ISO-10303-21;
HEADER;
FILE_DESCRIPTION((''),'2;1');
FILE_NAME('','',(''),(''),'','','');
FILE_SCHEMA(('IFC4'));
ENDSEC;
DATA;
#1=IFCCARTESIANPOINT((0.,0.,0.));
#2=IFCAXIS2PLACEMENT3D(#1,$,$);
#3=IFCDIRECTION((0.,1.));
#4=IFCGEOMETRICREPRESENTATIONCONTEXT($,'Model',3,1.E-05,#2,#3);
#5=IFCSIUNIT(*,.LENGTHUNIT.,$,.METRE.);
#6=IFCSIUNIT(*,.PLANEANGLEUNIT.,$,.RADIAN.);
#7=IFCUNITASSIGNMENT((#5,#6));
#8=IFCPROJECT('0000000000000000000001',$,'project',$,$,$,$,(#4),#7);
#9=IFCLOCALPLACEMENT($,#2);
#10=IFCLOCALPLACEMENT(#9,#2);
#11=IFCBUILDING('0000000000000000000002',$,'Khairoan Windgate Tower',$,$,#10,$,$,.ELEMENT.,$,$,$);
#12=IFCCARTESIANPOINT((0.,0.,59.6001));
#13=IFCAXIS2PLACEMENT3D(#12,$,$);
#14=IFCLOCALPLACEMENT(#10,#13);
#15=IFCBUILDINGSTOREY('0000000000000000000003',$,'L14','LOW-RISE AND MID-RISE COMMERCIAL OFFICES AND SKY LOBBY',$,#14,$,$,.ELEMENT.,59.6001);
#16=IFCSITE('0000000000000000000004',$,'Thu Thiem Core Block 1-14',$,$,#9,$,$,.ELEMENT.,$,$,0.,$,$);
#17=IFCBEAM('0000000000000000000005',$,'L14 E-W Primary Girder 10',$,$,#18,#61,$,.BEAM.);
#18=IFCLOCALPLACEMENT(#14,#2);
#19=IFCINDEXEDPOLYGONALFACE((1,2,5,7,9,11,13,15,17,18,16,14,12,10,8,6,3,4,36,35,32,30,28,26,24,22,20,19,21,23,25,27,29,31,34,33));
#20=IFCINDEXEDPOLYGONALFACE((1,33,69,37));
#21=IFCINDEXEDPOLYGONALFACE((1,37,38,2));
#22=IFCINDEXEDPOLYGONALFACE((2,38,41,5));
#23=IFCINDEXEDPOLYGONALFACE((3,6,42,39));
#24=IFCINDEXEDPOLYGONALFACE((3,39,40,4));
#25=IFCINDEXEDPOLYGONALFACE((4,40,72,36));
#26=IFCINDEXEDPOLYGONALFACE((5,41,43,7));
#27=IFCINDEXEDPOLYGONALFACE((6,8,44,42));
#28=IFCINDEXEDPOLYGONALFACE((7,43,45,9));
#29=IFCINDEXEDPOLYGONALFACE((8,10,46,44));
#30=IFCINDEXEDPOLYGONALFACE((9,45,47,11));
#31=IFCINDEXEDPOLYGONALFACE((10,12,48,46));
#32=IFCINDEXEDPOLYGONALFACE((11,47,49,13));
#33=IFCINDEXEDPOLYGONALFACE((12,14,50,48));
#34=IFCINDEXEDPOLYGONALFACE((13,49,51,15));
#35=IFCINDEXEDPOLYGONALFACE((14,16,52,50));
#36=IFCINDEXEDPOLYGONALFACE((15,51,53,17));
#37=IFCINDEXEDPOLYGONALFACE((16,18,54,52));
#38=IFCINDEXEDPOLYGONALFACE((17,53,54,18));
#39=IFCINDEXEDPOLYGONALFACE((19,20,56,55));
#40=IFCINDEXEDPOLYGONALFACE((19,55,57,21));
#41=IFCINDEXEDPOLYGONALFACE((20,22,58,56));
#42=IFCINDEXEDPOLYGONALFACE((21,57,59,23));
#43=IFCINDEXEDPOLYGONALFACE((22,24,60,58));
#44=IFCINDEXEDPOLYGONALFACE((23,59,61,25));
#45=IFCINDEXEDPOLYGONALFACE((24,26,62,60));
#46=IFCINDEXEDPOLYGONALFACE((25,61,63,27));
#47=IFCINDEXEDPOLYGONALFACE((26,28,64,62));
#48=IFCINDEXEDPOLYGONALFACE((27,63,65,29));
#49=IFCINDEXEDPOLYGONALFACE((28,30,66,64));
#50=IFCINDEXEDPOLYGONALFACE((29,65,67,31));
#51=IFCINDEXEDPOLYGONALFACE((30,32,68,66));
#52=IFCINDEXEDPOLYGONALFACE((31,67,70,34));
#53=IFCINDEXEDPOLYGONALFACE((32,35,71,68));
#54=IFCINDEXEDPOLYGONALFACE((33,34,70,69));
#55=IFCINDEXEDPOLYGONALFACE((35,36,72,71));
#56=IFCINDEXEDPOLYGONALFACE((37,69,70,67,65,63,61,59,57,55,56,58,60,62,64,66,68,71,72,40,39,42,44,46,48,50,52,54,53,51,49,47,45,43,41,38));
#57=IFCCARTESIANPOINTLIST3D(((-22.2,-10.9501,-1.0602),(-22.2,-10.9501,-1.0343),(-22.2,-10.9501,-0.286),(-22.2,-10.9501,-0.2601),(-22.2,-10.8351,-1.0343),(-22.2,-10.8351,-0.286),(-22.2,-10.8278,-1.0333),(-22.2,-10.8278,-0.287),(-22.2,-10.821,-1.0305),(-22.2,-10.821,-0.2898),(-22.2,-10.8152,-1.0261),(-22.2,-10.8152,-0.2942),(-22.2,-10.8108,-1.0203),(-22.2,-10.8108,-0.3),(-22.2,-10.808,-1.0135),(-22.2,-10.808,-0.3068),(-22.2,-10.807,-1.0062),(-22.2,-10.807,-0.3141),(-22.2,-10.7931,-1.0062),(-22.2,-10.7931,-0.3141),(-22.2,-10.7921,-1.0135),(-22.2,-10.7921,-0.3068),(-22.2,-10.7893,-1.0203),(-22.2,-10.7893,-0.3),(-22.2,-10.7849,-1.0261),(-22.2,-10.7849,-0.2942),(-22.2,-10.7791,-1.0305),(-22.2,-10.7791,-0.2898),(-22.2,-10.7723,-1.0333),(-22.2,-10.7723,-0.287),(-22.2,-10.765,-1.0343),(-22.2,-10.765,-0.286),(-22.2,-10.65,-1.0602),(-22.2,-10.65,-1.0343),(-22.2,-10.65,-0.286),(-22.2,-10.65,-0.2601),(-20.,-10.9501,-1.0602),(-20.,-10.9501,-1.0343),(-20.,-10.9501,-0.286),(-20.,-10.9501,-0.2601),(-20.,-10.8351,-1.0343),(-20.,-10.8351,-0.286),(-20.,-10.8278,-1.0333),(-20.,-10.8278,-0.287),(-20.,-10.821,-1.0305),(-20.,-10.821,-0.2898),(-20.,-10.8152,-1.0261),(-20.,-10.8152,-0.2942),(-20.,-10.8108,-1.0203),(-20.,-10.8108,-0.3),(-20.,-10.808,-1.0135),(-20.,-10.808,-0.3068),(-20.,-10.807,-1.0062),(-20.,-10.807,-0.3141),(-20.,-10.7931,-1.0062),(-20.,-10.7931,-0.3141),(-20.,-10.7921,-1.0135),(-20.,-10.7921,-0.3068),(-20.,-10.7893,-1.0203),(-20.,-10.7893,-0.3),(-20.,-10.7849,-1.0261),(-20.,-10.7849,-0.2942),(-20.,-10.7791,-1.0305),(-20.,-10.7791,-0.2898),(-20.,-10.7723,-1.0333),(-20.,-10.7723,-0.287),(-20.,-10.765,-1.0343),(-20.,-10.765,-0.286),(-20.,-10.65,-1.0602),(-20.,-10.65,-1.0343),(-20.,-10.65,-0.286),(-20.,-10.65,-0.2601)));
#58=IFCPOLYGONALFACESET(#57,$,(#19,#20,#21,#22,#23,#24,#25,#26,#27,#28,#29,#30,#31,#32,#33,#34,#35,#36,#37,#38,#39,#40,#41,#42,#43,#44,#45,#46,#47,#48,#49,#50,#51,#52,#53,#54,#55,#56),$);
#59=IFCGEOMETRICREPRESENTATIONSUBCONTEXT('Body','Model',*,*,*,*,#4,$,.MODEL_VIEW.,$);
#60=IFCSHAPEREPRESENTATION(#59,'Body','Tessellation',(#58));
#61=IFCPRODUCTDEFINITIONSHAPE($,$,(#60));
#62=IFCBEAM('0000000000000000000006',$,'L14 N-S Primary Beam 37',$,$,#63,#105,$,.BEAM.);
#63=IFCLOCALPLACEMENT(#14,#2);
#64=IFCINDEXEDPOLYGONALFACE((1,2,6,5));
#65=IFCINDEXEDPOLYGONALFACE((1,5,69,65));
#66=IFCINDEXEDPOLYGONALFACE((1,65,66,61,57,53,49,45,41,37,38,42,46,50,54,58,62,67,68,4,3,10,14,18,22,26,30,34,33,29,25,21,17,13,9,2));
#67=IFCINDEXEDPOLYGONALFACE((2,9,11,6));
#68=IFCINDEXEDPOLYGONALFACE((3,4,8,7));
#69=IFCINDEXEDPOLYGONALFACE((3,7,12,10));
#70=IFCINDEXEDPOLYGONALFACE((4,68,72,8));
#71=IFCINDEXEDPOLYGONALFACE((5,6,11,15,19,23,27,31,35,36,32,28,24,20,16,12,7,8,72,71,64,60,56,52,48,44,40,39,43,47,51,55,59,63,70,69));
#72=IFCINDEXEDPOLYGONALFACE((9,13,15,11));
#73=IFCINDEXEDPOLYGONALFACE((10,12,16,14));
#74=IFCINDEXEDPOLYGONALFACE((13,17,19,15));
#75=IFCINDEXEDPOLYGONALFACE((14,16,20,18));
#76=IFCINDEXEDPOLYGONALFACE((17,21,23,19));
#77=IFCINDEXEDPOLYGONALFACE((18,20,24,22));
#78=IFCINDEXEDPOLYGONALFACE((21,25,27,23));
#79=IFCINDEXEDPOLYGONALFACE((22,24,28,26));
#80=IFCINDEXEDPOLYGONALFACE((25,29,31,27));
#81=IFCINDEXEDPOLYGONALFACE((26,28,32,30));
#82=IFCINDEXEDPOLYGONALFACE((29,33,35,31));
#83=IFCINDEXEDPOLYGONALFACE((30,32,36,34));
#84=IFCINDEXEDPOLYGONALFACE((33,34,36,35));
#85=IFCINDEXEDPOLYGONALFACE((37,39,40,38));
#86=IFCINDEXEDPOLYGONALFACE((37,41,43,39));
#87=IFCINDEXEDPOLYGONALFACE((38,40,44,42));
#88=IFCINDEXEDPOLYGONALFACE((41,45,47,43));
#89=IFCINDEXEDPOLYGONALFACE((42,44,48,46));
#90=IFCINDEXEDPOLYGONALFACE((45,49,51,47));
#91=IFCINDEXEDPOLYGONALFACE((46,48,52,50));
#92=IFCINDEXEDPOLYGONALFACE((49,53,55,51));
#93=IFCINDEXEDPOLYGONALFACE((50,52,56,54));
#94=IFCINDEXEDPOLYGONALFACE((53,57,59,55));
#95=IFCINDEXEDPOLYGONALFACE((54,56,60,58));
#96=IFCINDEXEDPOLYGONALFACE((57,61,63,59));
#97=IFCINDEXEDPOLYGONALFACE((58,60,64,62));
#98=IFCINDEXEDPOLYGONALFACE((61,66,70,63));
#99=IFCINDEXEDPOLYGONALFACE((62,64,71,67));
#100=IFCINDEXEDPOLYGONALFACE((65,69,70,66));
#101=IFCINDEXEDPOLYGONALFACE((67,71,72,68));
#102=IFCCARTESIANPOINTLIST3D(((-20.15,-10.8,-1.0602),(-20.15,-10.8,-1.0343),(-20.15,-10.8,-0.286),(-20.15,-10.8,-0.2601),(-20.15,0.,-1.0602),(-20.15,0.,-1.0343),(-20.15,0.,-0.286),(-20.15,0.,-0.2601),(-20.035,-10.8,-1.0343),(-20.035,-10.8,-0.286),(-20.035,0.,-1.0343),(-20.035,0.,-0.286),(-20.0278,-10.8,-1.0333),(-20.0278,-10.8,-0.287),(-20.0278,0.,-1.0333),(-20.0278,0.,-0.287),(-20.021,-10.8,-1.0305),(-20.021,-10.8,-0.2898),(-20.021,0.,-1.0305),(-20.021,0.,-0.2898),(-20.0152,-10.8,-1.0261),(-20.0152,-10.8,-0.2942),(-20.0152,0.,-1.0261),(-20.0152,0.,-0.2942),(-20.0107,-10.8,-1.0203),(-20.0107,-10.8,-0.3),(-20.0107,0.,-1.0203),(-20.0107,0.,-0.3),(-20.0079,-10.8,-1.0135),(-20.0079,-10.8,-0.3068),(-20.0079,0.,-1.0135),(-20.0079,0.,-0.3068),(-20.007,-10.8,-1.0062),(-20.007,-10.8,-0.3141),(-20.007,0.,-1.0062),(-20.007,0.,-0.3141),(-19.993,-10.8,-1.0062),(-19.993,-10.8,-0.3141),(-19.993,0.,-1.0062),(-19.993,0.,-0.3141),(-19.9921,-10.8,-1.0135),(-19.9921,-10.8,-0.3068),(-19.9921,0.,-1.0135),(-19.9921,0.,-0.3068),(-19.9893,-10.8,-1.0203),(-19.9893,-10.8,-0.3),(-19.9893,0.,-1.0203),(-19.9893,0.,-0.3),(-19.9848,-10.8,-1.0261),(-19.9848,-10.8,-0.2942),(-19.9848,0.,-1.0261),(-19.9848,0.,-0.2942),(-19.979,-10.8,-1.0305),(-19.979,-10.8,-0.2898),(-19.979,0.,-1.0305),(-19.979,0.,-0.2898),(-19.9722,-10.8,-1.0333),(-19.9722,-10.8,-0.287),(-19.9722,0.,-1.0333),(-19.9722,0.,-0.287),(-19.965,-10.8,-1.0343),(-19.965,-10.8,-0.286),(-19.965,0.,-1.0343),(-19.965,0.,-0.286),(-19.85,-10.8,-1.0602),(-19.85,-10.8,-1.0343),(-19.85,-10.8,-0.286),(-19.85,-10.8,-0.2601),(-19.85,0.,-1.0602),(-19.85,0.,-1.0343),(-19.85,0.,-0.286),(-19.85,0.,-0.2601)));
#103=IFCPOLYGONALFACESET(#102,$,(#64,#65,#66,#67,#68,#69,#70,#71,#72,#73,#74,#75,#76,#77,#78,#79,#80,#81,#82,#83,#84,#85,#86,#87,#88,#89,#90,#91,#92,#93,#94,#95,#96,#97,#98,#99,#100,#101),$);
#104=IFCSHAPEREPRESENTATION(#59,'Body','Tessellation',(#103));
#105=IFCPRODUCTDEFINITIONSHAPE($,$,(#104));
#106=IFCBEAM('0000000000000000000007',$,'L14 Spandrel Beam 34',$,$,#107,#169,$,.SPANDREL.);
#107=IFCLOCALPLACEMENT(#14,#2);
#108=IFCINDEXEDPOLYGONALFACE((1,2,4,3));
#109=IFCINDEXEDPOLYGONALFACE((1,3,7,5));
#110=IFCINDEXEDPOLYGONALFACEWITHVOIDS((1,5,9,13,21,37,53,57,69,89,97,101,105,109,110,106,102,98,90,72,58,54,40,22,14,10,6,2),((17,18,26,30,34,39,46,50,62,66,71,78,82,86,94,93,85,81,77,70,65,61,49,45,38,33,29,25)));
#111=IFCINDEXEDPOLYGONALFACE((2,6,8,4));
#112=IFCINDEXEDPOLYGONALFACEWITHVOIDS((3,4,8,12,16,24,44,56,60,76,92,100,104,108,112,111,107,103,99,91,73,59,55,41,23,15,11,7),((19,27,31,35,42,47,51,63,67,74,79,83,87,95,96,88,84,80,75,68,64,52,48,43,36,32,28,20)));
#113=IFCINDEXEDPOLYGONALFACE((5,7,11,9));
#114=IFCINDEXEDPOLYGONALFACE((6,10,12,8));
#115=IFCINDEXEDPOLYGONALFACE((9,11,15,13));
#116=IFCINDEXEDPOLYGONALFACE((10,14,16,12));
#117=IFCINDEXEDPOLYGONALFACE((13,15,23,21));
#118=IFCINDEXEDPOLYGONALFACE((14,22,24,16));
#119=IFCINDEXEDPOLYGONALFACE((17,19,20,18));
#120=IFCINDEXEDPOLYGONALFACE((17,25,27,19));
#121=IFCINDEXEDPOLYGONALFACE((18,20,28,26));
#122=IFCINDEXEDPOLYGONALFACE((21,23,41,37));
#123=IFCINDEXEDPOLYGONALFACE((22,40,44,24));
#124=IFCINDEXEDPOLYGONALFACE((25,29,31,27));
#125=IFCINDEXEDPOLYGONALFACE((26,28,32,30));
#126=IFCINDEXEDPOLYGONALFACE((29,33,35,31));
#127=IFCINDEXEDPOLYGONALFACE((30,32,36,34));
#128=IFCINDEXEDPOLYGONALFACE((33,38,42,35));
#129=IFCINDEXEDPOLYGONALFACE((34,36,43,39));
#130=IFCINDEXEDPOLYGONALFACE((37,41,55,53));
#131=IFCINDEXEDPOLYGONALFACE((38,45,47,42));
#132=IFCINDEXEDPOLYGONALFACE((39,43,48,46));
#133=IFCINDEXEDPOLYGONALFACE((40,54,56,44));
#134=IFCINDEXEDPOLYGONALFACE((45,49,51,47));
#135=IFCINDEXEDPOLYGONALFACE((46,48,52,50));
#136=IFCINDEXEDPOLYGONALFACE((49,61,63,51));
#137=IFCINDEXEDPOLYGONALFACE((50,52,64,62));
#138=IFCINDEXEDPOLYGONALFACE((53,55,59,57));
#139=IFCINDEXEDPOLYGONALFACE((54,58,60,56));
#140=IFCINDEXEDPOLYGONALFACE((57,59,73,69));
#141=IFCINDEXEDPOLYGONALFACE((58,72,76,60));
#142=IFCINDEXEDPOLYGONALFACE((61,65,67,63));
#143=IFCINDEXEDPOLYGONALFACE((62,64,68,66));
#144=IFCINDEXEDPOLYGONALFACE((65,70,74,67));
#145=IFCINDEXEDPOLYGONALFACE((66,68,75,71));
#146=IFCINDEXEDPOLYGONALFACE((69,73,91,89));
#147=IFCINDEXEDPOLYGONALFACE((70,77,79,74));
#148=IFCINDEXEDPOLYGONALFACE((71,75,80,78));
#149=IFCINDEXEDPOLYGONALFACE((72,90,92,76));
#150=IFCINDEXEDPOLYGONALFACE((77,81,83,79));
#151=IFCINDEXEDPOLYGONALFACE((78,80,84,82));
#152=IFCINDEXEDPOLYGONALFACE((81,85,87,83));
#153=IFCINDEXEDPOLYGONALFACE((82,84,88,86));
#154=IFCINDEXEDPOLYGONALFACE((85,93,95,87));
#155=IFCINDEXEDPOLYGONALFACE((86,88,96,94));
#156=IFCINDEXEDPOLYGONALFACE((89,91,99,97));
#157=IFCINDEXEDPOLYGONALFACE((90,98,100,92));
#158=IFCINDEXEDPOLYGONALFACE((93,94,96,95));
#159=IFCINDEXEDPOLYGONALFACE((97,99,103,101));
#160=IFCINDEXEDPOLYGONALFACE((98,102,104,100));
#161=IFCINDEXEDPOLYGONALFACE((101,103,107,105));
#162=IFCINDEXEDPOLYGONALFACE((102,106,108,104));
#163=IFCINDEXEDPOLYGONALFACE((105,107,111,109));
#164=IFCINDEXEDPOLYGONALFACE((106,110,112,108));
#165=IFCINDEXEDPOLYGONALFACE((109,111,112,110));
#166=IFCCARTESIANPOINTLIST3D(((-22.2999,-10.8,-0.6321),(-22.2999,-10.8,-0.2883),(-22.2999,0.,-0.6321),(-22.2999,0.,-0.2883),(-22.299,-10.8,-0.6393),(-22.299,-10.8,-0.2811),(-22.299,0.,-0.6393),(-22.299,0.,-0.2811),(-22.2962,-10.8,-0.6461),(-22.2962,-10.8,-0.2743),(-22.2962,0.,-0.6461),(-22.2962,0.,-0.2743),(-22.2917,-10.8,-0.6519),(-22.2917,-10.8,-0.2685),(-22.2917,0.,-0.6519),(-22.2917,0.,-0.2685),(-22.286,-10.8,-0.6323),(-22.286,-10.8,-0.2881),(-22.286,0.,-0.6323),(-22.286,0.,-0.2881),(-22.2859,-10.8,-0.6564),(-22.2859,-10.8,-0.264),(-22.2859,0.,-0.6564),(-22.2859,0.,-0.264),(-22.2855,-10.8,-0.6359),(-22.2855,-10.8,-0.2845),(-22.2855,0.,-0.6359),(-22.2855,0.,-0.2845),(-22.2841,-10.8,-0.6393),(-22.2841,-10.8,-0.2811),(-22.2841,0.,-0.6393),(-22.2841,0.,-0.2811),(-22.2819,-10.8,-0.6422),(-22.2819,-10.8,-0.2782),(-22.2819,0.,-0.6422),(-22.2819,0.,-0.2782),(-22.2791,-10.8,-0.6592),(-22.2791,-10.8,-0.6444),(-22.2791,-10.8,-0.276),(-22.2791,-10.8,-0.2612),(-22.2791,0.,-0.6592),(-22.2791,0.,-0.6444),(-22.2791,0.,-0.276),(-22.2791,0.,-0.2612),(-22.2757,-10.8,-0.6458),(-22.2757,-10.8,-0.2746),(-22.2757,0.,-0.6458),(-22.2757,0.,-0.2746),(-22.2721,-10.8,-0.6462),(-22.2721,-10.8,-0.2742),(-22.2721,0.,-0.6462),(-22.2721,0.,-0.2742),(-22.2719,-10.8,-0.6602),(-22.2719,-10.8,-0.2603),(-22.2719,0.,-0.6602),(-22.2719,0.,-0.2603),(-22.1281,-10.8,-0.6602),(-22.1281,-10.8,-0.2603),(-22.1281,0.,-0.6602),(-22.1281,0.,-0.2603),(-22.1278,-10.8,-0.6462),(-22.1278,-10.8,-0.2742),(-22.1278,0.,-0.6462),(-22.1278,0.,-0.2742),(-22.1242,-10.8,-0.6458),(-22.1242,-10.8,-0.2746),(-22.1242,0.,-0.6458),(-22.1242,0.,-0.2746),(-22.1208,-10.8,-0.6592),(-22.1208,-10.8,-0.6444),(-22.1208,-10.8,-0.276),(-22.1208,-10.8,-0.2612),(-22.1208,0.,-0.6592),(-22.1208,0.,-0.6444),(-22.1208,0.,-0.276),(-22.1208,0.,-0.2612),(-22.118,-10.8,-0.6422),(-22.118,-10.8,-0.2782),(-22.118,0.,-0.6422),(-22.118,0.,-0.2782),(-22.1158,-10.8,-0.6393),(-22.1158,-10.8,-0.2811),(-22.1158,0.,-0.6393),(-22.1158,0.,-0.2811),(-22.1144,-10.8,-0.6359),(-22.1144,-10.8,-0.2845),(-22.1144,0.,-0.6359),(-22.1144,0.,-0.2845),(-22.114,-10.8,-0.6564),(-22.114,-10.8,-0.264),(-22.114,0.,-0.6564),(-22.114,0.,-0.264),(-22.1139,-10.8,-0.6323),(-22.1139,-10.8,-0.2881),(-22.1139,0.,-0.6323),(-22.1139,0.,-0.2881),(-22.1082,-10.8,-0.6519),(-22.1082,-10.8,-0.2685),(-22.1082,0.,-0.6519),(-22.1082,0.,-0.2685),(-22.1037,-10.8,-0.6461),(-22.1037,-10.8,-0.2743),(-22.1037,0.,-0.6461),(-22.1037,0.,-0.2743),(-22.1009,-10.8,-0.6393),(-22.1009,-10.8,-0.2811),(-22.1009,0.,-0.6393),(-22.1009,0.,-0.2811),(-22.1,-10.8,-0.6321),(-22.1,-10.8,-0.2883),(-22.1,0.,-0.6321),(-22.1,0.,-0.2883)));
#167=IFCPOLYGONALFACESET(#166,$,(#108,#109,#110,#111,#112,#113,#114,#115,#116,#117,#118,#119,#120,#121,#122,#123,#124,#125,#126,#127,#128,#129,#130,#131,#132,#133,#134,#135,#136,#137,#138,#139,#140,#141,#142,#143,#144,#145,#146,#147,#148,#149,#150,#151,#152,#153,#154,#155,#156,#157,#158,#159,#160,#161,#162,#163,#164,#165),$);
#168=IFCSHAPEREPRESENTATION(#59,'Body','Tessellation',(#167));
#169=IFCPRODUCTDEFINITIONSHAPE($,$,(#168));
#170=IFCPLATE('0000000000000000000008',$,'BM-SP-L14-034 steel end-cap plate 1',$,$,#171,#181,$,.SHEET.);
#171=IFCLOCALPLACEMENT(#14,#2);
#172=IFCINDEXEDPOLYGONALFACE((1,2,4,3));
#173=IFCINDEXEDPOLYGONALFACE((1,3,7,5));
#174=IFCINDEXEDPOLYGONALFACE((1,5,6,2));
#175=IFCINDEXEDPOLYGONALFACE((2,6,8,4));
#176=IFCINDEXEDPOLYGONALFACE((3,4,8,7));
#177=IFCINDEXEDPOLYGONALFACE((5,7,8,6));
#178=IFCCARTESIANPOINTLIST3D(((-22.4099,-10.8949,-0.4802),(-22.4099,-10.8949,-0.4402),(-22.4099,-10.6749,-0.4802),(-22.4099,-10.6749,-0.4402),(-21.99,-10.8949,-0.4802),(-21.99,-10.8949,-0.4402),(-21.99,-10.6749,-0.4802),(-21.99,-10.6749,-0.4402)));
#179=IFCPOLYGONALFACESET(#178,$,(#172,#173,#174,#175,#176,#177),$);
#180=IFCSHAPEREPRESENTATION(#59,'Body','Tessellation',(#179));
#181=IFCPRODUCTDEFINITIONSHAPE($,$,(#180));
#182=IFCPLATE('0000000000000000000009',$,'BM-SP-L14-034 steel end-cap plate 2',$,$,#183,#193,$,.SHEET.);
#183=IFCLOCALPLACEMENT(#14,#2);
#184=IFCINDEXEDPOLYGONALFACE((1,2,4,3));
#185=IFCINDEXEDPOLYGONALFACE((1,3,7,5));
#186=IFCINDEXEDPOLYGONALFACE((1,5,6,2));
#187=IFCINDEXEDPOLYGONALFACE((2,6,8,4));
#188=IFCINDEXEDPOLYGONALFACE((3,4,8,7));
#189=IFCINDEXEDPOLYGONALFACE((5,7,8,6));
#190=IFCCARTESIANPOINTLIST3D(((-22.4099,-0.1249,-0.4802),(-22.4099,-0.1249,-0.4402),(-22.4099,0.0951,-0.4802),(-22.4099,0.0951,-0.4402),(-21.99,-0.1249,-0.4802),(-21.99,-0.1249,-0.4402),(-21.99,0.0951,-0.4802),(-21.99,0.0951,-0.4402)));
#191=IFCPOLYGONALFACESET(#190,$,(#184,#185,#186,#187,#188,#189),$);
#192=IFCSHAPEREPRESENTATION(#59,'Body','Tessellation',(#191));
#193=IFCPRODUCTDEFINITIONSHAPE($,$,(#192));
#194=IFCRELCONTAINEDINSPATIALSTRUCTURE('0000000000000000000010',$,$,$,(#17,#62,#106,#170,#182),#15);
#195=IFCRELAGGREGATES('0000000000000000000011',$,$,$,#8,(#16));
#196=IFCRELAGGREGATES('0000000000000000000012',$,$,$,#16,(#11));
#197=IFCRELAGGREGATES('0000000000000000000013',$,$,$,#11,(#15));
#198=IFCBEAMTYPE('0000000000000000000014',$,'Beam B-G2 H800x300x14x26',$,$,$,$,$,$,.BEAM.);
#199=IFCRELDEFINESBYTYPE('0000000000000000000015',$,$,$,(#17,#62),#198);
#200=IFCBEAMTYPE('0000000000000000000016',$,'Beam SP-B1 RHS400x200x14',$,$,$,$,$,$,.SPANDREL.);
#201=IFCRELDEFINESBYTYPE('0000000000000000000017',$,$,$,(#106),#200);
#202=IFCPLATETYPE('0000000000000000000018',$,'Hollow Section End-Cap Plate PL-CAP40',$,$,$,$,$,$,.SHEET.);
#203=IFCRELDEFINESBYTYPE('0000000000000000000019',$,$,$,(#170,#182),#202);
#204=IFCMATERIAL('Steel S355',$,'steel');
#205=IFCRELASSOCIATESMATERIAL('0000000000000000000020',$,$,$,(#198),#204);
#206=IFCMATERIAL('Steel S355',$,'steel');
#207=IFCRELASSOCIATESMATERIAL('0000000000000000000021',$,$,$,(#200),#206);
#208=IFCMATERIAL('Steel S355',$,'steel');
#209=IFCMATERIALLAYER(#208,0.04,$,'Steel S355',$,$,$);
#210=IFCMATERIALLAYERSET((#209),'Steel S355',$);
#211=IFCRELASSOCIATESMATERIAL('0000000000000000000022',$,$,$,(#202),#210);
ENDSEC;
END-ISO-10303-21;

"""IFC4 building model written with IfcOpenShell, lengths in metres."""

from ifc_helpers import new_model, si_unit, direction, frame, origin, origin_2d, place, context, subcontext, project, spatial, rectangle, hollow_rectangle, i_section, extrude, material, layer, layer_set, material_profile, profile_set, type_object, element, save


model = new_model("IFC4")

# Units and contexts
model_context = context("Model", 3, precision=1e-05, world=origin(), true_north=direction((0.0, 1.0)))
body_context = subcontext(model_context, "Body", "Model", "MODEL_VIEW")
ifc_project = project(units=[si_unit("LENGTHUNIT", "METRE"), si_unit("PLANEANGLEUNIT", "RADIAN")], contexts=[model_context])

# Site, building, storey
site_placement = place(None, origin())
site = spatial("IfcSite", under=ifc_project, at=site_placement, Name="Thu Thiem Core Block 1-14", CompositionType="ELEMENT", RefElevation=0.0)
building_placement = place(site_placement, origin())
building = spatial("IfcBuilding", under=site, at=building_placement, Name="Khairoan Windgate Tower", CompositionType="ELEMENT")
storey_placement = place(building_placement, frame((0.0, 0.0, 59.6001)))
storey = spatial("IfcBuildingStorey", under=building, at=storey_placement, Name="L14", Description="LOW-RISE AND MID-RISE COMMERCIAL OFFICES AND SKY LOBBY", CompositionType="ELEMENT", Elevation=59.6001)

# Beams
ifc_material_1 = material(Name="Steel S355", Category="steel")
ifc_material_profile_1 = material_profile(ifc_material_1, i_section(OverallWidth=0.3, OverallDepth=0.8, WebThickness=0.0139, FlangeThickness=0.0259, FilletRadius=0.0281, at=origin_2d()))
ifc_profile_set_1 = profile_set([ifc_material_profile_1], Name="Steel S355")
beam_type_1 = type_object("IfcBeamType", Name="Beam B-G2 H800x300x14x26", PredefinedType="BEAM", material=ifc_profile_set_1)
beam_1_placement = place(storey_placement, frame((-22.2, -10.8, -0.6602), z_axis=(1.0, 0.0, 0.0), x_axis=(0.0, 1.0, 0.0)))
element("IfcBeam", 1, at=beam_1_placement, inside=storey, type_object=beam_type_1, Name="L14 E-W Primary Girder 10", PredefinedType="BEAM", context=body_context, shape_type="SweptSolid", body=[
    extrude(i_section(OverallWidth=0.3, OverallDepth=0.8, WebThickness=0.0139, FlangeThickness=0.0259, FilletRadius=0.0281, at=origin_2d()), origin(), (0.0, 0.0, 1.0), 2.2),
])
beam_2_placement = place(storey_placement, frame((-20.0, -10.8, -0.6602), z_axis=(0.0, 1.0, 0.0), x_axis=(-1.0, 0.0, 0.0)))
element("IfcBeam", 2, at=beam_2_placement, inside=storey, type_object=beam_type_1, Name="L14 N-S Primary Beam 37", PredefinedType="BEAM", context=body_context, shape_type="SweptSolid", body=[
    extrude(i_section(OverallWidth=0.3, OverallDepth=0.8, WebThickness=0.0139, FlangeThickness=0.0259, FilletRadius=0.0281, at=origin_2d()), origin(), (0.0, 0.0, 1.0), 10.8),
])
ifc_material_2 = material(Name="Steel S355", Category="steel")
ifc_material_profile_2 = material_profile(ifc_material_2, hollow_rectangle(XDim=0.2, YDim=0.3999, WallThickness=0.0139, InnerFilletRadius=0.0139, OuterFilletRadius=0.0281, at=origin_2d()))
ifc_profile_set_2 = profile_set([ifc_material_profile_2], Name="Steel S355")
beam_type_2 = type_object("IfcBeamType", Name="Beam SP-B1 RHS400x200x14", PredefinedType="SPANDREL", material=ifc_profile_set_2)
beam_3_placement = place(storey_placement, frame((-22.2, -10.8, -0.4602), z_axis=(0.0, 1.0, 0.0), x_axis=(-1.0, 0.0, 0.0)))
element("IfcBeam", 3, at=beam_3_placement, inside=storey, type_object=beam_type_2, Name="L14 Spandrel Beam 34", PredefinedType="SPANDREL", context=body_context, shape_type="SweptSolid", body=[
    extrude(hollow_rectangle(XDim=0.2, YDim=0.3999, WallThickness=0.0139, InnerFilletRadius=0.0139, OuterFilletRadius=0.0281, at=origin_2d()), origin(), (0.0, 0.0, 1.0), 10.8),
])

# Plates
ifc_material_3 = material(Name="Steel S355", Category="steel")
ifc_layer_1 = layer(ifc_material_3, 0.04, Name="Steel S355")
ifc_layer_set_1 = layer_set([ifc_layer_1], Name="Steel S355")
plate_type_1 = type_object("IfcPlateType", Name="Hollow Section End-Cap Plate PL-CAP40", PredefinedType="SHEET", material=ifc_layer_set_1)
for number, where, z_axis, x_axis, name in (
    (4, (-22.2, -10.7849, -0.4802), (0.0, 0.0, 1.0), (0.0, 1.0, 0.0), "BM-SP-L14-034 steel end-cap plate 1"),
    (5, (-22.2, -0.0149, -0.4802), (0.0, 0.0, 1.0), (0.0, 1.0, 0.0), "BM-SP-L14-034 steel end-cap plate 2"),
):
    element("IfcPlate", number, at=place(storey_placement, frame(where, z_axis=z_axis, x_axis=x_axis)), inside=storey, type_object=plate_type_1, Name=name, PredefinedType="SHEET", context=body_context, shape_type="SweptSolid", body=[
        extrude(rectangle(XDim=0.22, YDim=0.4199, at=origin_2d()), origin(), (0.0, 0.0, 1.0), 0.04),
    ])

save(model, "model.ifc")
